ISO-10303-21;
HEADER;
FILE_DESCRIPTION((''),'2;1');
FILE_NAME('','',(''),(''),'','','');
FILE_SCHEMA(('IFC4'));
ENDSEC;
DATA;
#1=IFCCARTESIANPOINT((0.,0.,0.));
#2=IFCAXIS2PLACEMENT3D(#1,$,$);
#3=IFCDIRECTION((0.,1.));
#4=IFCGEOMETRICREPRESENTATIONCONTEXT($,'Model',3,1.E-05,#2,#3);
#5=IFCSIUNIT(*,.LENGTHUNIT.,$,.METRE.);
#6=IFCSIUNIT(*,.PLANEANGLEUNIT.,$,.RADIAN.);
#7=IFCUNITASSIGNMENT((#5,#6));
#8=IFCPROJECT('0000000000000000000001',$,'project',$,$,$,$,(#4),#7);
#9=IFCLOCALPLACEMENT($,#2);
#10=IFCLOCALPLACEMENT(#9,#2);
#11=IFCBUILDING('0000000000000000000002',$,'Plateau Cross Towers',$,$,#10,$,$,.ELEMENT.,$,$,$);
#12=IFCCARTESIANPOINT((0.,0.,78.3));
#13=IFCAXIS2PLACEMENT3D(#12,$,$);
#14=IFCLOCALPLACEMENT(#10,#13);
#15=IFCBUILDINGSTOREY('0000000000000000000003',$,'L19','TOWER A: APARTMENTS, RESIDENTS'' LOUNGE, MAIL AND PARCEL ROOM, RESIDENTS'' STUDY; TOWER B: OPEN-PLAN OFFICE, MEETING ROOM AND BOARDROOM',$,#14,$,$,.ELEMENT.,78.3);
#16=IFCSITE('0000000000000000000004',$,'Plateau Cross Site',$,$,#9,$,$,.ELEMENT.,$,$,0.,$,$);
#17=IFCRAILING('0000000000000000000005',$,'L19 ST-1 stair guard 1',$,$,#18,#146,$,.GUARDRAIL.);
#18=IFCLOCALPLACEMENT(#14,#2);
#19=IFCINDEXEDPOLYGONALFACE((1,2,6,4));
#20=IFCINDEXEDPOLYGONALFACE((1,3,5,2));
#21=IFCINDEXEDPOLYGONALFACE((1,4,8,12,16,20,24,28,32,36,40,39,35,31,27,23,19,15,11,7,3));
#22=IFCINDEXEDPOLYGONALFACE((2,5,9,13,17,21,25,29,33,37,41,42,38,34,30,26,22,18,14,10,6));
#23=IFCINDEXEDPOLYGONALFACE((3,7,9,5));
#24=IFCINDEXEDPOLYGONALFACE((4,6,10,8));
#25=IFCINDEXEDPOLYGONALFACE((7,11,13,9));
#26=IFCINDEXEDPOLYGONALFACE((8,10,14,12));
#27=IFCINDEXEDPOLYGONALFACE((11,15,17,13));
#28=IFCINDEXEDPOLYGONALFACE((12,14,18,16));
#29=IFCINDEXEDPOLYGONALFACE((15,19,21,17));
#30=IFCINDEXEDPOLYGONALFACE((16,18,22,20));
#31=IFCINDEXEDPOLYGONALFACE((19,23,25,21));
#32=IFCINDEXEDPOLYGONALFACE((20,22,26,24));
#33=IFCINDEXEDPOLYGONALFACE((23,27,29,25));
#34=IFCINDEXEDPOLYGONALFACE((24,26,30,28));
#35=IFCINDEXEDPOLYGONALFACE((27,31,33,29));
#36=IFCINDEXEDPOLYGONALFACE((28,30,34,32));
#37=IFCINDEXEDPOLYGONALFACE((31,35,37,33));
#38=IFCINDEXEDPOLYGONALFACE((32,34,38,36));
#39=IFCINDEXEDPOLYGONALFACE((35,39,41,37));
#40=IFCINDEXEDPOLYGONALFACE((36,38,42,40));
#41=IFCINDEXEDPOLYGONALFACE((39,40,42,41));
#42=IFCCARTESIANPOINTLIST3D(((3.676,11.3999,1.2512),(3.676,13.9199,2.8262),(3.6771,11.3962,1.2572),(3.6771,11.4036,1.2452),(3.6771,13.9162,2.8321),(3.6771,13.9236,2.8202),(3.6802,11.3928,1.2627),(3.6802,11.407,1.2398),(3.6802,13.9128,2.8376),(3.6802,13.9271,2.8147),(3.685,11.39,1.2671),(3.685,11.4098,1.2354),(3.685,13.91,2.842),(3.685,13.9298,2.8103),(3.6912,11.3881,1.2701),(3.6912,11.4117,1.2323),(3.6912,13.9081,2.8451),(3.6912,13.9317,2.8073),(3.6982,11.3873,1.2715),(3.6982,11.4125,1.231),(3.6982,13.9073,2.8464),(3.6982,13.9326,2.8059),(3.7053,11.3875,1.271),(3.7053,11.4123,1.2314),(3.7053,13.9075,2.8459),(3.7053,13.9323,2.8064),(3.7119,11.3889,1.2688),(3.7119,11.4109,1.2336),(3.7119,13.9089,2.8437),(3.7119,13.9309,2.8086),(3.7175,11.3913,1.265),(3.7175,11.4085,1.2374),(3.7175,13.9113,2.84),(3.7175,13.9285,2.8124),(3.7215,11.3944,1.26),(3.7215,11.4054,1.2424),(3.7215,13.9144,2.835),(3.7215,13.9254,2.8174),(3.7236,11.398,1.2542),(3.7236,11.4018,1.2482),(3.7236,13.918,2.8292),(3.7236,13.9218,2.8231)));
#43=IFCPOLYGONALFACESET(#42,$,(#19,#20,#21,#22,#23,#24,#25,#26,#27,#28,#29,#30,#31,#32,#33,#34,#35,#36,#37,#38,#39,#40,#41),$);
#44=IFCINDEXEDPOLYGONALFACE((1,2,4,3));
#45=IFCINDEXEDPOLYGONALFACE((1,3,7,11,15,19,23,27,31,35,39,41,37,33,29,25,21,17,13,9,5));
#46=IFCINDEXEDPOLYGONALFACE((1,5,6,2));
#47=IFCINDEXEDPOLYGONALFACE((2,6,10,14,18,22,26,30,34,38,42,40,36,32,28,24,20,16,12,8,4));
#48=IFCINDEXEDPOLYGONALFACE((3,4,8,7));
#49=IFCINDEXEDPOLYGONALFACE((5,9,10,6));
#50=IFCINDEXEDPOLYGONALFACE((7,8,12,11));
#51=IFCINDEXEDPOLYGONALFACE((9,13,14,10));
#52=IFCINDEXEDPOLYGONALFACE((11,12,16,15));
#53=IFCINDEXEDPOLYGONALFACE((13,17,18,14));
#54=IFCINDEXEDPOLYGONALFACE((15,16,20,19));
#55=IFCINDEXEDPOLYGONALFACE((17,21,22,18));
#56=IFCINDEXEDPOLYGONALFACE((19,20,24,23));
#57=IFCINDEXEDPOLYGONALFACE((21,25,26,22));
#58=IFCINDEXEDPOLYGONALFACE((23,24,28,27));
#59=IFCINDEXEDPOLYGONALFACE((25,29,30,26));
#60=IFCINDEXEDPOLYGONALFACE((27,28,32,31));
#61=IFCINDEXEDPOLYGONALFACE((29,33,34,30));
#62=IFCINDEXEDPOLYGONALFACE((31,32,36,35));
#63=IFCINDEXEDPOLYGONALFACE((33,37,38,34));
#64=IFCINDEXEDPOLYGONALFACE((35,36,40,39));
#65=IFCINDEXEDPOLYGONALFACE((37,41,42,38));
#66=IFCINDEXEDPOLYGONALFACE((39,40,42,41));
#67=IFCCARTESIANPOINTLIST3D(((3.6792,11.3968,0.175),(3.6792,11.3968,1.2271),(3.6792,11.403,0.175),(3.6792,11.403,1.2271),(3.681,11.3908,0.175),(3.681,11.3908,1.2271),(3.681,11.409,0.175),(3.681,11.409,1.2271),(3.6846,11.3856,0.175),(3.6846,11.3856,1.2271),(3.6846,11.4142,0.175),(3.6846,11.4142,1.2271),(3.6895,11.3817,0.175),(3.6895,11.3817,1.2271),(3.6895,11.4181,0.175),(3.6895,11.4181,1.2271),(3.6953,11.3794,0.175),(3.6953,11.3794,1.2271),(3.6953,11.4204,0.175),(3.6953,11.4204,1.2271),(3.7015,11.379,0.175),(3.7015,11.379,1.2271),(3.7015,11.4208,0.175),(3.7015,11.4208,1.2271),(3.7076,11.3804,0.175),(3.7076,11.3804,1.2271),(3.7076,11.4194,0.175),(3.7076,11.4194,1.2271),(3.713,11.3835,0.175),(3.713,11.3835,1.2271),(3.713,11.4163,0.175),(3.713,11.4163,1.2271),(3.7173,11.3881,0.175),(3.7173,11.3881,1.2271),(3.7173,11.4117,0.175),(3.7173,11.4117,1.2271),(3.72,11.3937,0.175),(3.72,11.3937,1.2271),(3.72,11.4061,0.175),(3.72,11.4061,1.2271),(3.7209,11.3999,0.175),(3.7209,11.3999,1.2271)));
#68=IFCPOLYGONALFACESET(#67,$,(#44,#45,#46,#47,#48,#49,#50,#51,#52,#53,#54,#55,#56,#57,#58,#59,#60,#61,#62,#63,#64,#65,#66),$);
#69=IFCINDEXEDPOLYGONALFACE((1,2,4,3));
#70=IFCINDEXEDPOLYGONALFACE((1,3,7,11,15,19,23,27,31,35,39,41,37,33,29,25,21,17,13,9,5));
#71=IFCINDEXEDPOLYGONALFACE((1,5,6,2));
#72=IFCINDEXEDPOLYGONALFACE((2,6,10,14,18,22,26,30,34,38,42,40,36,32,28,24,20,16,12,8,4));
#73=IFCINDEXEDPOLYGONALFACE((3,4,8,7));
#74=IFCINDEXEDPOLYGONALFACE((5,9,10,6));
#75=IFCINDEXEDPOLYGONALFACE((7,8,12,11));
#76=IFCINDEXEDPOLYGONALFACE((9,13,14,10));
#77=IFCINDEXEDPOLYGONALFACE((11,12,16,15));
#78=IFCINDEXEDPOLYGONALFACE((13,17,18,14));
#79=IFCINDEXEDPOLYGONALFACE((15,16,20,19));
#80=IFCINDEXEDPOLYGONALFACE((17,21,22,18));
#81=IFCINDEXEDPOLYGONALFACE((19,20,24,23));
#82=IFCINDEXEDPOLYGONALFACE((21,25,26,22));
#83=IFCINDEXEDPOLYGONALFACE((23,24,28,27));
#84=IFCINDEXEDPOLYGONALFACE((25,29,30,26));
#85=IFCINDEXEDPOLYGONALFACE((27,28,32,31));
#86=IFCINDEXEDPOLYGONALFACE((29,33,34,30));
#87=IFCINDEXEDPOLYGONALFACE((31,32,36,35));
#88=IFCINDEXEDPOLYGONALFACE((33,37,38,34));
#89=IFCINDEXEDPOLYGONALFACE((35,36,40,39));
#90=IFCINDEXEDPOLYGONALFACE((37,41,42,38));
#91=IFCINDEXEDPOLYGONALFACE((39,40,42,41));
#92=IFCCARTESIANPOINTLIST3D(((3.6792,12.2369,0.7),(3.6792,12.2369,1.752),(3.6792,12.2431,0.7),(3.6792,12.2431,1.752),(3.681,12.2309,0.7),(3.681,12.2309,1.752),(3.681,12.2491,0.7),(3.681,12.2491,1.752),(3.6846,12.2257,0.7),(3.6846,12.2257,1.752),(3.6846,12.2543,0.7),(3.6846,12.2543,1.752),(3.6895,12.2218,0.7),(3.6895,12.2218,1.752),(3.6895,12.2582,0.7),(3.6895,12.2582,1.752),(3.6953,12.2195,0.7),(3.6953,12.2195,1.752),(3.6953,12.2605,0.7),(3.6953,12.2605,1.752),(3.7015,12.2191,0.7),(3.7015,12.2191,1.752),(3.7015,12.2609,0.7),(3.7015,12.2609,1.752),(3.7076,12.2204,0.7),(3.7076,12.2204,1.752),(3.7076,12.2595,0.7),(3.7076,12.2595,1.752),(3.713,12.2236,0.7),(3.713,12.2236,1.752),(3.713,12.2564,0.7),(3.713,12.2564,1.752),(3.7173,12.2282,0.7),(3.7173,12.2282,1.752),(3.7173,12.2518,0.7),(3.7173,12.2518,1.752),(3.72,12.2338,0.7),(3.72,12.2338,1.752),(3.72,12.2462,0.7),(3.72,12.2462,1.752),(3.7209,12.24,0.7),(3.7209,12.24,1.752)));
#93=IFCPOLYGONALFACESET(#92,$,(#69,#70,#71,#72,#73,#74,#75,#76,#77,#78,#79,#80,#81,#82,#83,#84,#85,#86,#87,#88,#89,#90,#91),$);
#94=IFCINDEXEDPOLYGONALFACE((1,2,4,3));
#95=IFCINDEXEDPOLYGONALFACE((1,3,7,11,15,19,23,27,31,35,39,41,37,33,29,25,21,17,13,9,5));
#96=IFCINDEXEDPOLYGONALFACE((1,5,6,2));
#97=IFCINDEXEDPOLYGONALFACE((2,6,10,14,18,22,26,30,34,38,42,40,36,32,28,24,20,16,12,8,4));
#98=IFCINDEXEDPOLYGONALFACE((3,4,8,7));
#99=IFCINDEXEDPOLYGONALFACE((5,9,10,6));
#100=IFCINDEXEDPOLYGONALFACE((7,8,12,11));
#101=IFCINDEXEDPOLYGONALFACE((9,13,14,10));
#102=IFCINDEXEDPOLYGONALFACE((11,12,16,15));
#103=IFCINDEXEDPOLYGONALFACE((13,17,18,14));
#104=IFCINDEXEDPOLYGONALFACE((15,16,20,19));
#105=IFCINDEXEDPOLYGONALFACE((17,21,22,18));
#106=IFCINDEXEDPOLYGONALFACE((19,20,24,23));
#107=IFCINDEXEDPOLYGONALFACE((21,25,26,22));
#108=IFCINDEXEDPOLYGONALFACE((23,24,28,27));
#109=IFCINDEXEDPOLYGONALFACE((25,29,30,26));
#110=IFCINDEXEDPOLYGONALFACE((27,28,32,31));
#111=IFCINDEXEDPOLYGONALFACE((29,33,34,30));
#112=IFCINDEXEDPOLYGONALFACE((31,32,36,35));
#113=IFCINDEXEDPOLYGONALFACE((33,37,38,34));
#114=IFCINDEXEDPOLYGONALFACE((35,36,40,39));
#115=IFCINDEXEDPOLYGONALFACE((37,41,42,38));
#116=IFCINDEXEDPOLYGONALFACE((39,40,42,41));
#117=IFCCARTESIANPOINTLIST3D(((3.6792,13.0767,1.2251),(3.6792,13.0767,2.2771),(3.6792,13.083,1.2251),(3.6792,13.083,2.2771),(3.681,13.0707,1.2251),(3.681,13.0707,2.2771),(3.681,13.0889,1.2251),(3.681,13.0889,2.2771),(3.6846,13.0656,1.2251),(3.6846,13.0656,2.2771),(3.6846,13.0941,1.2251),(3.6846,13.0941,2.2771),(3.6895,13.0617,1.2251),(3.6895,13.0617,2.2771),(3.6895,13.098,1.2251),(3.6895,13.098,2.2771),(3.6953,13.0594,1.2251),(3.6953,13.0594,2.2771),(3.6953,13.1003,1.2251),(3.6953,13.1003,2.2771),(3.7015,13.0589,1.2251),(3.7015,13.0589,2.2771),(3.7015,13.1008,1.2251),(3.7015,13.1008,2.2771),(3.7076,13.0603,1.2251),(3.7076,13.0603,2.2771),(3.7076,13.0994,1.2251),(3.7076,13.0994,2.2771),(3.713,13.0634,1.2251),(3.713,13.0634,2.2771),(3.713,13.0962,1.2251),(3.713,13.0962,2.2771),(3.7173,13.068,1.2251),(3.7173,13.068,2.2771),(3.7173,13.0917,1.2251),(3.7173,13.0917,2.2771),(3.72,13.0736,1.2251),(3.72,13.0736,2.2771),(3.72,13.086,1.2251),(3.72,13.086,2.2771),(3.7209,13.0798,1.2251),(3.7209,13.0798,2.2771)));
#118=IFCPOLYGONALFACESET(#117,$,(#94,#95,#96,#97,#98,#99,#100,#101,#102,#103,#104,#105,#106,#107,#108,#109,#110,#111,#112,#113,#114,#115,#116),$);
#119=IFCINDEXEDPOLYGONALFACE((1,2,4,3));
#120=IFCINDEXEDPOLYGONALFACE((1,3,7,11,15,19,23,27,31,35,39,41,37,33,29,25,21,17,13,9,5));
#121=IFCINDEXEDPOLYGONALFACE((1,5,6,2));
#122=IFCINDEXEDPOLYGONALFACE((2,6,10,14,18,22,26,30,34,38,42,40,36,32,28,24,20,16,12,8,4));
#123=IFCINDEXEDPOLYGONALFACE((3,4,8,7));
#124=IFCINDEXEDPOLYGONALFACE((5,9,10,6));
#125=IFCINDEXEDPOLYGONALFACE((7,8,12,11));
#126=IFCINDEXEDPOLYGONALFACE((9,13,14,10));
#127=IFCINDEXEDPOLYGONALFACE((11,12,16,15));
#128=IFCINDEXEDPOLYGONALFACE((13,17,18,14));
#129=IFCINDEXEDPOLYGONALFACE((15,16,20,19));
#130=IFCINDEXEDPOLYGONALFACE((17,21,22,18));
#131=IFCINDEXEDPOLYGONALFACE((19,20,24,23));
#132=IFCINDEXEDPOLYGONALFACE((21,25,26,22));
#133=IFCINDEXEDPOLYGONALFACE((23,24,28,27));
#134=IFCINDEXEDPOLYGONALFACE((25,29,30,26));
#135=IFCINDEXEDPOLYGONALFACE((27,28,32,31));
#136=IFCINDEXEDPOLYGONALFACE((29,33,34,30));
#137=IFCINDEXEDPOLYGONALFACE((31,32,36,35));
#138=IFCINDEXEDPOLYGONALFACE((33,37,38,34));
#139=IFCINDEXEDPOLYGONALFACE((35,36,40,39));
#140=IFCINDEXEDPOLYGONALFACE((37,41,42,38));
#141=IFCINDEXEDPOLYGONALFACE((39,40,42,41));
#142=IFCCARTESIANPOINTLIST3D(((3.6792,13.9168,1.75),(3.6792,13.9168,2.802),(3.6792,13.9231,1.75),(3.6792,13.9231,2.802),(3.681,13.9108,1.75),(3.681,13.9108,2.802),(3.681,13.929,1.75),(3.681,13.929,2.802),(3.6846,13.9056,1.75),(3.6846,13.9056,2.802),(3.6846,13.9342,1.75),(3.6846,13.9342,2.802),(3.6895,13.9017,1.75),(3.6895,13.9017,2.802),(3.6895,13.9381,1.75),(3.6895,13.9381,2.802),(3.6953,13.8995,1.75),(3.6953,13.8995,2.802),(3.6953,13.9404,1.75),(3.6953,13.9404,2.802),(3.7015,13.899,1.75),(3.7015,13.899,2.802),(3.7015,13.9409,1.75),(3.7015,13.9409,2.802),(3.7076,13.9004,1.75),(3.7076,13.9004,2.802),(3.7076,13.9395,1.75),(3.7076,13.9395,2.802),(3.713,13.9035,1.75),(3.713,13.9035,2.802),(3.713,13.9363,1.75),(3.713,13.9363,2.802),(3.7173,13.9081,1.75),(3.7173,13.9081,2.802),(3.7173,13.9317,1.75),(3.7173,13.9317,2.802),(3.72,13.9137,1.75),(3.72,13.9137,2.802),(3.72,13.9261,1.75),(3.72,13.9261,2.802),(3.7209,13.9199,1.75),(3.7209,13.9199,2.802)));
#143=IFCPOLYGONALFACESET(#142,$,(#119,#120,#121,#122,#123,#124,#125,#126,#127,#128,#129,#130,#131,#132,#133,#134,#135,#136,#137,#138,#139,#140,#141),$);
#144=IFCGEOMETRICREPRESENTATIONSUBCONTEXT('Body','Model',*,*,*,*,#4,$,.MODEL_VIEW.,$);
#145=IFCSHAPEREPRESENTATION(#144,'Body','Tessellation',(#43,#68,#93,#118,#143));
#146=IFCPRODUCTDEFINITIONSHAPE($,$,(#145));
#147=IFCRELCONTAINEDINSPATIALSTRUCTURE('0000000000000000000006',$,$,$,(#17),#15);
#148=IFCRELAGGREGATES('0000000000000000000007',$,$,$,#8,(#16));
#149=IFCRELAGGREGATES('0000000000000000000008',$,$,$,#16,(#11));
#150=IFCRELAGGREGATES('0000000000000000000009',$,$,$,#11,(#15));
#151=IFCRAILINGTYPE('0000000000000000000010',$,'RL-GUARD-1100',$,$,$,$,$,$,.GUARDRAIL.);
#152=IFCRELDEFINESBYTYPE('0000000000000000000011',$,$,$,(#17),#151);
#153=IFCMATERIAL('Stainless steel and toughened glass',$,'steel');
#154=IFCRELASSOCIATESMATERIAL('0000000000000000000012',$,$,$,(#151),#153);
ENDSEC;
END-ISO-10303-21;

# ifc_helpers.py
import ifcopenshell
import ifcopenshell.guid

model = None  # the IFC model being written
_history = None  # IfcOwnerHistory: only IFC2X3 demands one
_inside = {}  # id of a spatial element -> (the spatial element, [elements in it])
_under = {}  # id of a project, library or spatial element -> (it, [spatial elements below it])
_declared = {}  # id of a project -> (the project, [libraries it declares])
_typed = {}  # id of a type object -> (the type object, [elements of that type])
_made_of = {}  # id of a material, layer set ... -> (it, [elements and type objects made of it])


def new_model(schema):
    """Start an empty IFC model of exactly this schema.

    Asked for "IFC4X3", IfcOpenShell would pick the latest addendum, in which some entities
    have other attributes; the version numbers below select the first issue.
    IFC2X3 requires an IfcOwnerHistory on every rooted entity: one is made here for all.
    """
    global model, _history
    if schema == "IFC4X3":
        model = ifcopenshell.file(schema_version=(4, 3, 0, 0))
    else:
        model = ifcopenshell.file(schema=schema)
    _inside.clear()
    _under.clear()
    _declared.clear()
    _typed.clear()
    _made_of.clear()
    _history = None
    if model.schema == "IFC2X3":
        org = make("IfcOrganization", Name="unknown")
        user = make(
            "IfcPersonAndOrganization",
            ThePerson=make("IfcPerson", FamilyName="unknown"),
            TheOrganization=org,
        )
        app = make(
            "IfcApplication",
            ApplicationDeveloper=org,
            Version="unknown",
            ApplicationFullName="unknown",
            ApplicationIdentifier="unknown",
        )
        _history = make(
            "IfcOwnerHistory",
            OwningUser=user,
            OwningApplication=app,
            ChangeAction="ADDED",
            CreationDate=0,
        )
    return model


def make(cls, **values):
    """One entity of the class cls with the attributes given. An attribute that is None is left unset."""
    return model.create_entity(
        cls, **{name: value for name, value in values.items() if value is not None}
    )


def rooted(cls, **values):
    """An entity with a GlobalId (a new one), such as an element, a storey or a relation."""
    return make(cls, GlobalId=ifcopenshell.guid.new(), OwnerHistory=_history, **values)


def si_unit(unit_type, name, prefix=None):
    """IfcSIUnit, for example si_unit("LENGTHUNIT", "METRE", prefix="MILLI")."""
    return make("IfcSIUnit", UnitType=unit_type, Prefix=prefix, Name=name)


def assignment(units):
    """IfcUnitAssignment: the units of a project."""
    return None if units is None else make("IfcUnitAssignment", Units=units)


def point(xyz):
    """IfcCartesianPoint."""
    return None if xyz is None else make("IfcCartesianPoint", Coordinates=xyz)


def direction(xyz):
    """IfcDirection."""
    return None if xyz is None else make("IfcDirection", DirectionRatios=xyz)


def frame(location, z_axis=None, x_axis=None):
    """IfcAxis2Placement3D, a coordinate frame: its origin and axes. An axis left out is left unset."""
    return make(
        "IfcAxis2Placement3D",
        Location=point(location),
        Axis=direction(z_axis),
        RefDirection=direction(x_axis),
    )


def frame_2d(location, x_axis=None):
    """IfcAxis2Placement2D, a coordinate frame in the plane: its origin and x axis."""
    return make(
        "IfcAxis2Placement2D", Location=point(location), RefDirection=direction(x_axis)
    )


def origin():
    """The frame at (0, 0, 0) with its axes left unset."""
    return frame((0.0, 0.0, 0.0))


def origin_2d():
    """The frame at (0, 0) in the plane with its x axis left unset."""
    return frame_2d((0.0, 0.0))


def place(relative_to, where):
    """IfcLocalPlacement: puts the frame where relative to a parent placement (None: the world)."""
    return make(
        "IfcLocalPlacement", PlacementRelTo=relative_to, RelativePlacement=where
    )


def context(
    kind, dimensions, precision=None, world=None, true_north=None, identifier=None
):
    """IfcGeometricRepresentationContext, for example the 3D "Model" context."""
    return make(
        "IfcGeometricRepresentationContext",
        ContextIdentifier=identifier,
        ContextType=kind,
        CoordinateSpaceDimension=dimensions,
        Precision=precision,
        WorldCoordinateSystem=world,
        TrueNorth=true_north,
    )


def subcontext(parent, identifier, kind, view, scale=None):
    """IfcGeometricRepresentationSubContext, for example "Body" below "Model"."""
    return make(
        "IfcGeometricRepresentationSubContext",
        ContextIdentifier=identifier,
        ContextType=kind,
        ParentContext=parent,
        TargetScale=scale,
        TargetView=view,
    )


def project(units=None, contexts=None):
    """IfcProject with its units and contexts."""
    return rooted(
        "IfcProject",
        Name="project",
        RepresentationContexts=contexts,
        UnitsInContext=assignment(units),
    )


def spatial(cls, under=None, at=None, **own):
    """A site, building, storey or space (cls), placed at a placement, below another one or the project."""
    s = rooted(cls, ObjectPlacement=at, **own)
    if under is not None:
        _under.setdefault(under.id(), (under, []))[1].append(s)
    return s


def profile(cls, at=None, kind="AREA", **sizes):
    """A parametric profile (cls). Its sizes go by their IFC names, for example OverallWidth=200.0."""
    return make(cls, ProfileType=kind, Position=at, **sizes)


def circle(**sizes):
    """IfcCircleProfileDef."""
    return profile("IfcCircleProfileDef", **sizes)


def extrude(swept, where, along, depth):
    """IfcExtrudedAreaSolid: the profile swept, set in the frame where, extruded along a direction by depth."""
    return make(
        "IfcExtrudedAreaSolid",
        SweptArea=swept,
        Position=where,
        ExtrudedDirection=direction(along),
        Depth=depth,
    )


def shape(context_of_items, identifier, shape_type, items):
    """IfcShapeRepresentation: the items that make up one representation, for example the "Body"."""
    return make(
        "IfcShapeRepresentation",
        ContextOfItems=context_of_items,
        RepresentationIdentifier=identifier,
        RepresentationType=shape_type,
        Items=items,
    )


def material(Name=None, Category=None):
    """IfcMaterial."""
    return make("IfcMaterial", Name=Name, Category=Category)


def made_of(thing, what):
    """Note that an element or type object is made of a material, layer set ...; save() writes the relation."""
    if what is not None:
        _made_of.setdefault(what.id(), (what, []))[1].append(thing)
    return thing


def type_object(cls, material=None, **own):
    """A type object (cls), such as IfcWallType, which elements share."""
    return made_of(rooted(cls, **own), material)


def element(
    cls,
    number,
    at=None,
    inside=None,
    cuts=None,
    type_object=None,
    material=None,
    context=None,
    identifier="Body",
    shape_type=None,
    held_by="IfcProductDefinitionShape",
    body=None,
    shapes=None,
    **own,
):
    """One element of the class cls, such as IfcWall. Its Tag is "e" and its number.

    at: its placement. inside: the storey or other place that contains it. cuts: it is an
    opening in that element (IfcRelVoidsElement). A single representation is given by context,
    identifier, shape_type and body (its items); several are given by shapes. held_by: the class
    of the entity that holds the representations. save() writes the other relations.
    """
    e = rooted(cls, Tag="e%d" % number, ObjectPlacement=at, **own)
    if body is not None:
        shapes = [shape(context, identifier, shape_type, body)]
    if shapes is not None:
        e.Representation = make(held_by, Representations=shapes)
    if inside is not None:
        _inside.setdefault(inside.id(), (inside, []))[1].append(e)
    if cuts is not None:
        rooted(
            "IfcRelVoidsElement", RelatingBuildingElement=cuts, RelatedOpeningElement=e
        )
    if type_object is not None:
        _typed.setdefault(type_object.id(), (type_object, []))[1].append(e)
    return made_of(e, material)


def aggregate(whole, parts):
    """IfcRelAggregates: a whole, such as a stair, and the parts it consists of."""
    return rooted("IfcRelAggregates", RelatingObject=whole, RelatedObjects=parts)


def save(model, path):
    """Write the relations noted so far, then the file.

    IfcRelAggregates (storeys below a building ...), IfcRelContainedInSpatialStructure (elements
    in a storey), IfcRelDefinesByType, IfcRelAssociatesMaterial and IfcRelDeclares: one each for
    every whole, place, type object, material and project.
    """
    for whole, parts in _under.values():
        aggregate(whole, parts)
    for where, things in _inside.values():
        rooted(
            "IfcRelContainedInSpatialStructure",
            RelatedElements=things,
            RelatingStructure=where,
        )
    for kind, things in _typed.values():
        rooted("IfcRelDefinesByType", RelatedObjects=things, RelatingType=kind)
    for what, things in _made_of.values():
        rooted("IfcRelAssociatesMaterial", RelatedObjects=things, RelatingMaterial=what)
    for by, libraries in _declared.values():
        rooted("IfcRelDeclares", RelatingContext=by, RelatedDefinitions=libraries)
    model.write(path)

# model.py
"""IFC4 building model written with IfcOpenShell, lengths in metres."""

from ifc_helpers import new_model, si_unit, direction, frame, origin, origin_2d, place, context, subcontext, project, spatial, circle, extrude, material, type_object, element, save


model = new_model("IFC4")

# Units and contexts
model_context = context("Model", 3, precision=1e-05, world=origin(), true_north=direction((0.0, 1.0)))
body_context = subcontext(model_context, "Body", "Model", "MODEL_VIEW")
ifc_project = project(units=[si_unit("LENGTHUNIT", "METRE"), si_unit("PLANEANGLEUNIT", "RADIAN")], contexts=[model_context])

# Site, building, storey
site_placement = place(None, origin())
site = spatial("IfcSite", under=ifc_project, at=site_placement, Name="Plateau Cross Site", CompositionType="ELEMENT", RefElevation=0.0)
building_placement = place(site_placement, origin())
building = spatial("IfcBuilding", under=site, at=building_placement, Name="Plateau Cross Towers", CompositionType="ELEMENT")
storey_placement = place(building_placement, frame((0.0, 0.0, 78.3)))
storey = spatial("IfcBuildingStorey", under=building, at=storey_placement, Name="L19", Description="TOWER A: APARTMENTS, RESIDENTS' LOUNGE, MAIL AND PARCEL ROOM, RESIDENTS' STUDY; TOWER B: OPEN-PLAN OFFICE, MEETING ROOM AND BOARDROOM", CompositionType="ELEMENT", Elevation=78.3)

# Railing
ifc_material_1 = material(Name="Stainless steel and toughened glass", Category="steel")
railing_type_1 = type_object("IfcRailingType", Name="RL-GUARD-1100", PredefinedType="GUARDRAIL", material=ifc_material_1)
railing_1_placement = place(storey_placement, frame((3.7, 11.3999, 0.175)))
element("IfcRailing", 1, at=railing_1_placement, inside=storey, type_object=railing_type_1, Name="L19 ST-1 stair guard 1", PredefinedType="GUARDRAIL", context=body_context, shape_type="SweptSolid", body=[
    extrude(circle(Radius=0.0239, at=origin_2d()), frame((0.0, 0.0, 1.0762), z_axis=(0.0, 0.848008, 0.529984), x_axis=(-1.0, 0.0, 0.0)), (0.0, 0.0, 1.0), 2.9717),
    extrude(circle(Radius=0.021, at=origin_2d()), origin(), (0.0, 0.0, 1.0), 1.052),
    extrude(circle(Radius=0.021, at=origin_2d()), frame((0.0, 0.8401, 0.5249)), (0.0, 0.0, 1.0), 1.052),
    extrude(circle(Radius=0.021, at=origin_2d()), frame((0.0, 1.6799, 1.05)), (0.0, 0.0, 1.0), 1.052),
    extrude(circle(Radius=0.021, at=origin_2d()), frame((0.0, 2.52, 1.575)), (0.0, 0.0, 1.0), 1.052),
])

save(model, "model.ifc")
